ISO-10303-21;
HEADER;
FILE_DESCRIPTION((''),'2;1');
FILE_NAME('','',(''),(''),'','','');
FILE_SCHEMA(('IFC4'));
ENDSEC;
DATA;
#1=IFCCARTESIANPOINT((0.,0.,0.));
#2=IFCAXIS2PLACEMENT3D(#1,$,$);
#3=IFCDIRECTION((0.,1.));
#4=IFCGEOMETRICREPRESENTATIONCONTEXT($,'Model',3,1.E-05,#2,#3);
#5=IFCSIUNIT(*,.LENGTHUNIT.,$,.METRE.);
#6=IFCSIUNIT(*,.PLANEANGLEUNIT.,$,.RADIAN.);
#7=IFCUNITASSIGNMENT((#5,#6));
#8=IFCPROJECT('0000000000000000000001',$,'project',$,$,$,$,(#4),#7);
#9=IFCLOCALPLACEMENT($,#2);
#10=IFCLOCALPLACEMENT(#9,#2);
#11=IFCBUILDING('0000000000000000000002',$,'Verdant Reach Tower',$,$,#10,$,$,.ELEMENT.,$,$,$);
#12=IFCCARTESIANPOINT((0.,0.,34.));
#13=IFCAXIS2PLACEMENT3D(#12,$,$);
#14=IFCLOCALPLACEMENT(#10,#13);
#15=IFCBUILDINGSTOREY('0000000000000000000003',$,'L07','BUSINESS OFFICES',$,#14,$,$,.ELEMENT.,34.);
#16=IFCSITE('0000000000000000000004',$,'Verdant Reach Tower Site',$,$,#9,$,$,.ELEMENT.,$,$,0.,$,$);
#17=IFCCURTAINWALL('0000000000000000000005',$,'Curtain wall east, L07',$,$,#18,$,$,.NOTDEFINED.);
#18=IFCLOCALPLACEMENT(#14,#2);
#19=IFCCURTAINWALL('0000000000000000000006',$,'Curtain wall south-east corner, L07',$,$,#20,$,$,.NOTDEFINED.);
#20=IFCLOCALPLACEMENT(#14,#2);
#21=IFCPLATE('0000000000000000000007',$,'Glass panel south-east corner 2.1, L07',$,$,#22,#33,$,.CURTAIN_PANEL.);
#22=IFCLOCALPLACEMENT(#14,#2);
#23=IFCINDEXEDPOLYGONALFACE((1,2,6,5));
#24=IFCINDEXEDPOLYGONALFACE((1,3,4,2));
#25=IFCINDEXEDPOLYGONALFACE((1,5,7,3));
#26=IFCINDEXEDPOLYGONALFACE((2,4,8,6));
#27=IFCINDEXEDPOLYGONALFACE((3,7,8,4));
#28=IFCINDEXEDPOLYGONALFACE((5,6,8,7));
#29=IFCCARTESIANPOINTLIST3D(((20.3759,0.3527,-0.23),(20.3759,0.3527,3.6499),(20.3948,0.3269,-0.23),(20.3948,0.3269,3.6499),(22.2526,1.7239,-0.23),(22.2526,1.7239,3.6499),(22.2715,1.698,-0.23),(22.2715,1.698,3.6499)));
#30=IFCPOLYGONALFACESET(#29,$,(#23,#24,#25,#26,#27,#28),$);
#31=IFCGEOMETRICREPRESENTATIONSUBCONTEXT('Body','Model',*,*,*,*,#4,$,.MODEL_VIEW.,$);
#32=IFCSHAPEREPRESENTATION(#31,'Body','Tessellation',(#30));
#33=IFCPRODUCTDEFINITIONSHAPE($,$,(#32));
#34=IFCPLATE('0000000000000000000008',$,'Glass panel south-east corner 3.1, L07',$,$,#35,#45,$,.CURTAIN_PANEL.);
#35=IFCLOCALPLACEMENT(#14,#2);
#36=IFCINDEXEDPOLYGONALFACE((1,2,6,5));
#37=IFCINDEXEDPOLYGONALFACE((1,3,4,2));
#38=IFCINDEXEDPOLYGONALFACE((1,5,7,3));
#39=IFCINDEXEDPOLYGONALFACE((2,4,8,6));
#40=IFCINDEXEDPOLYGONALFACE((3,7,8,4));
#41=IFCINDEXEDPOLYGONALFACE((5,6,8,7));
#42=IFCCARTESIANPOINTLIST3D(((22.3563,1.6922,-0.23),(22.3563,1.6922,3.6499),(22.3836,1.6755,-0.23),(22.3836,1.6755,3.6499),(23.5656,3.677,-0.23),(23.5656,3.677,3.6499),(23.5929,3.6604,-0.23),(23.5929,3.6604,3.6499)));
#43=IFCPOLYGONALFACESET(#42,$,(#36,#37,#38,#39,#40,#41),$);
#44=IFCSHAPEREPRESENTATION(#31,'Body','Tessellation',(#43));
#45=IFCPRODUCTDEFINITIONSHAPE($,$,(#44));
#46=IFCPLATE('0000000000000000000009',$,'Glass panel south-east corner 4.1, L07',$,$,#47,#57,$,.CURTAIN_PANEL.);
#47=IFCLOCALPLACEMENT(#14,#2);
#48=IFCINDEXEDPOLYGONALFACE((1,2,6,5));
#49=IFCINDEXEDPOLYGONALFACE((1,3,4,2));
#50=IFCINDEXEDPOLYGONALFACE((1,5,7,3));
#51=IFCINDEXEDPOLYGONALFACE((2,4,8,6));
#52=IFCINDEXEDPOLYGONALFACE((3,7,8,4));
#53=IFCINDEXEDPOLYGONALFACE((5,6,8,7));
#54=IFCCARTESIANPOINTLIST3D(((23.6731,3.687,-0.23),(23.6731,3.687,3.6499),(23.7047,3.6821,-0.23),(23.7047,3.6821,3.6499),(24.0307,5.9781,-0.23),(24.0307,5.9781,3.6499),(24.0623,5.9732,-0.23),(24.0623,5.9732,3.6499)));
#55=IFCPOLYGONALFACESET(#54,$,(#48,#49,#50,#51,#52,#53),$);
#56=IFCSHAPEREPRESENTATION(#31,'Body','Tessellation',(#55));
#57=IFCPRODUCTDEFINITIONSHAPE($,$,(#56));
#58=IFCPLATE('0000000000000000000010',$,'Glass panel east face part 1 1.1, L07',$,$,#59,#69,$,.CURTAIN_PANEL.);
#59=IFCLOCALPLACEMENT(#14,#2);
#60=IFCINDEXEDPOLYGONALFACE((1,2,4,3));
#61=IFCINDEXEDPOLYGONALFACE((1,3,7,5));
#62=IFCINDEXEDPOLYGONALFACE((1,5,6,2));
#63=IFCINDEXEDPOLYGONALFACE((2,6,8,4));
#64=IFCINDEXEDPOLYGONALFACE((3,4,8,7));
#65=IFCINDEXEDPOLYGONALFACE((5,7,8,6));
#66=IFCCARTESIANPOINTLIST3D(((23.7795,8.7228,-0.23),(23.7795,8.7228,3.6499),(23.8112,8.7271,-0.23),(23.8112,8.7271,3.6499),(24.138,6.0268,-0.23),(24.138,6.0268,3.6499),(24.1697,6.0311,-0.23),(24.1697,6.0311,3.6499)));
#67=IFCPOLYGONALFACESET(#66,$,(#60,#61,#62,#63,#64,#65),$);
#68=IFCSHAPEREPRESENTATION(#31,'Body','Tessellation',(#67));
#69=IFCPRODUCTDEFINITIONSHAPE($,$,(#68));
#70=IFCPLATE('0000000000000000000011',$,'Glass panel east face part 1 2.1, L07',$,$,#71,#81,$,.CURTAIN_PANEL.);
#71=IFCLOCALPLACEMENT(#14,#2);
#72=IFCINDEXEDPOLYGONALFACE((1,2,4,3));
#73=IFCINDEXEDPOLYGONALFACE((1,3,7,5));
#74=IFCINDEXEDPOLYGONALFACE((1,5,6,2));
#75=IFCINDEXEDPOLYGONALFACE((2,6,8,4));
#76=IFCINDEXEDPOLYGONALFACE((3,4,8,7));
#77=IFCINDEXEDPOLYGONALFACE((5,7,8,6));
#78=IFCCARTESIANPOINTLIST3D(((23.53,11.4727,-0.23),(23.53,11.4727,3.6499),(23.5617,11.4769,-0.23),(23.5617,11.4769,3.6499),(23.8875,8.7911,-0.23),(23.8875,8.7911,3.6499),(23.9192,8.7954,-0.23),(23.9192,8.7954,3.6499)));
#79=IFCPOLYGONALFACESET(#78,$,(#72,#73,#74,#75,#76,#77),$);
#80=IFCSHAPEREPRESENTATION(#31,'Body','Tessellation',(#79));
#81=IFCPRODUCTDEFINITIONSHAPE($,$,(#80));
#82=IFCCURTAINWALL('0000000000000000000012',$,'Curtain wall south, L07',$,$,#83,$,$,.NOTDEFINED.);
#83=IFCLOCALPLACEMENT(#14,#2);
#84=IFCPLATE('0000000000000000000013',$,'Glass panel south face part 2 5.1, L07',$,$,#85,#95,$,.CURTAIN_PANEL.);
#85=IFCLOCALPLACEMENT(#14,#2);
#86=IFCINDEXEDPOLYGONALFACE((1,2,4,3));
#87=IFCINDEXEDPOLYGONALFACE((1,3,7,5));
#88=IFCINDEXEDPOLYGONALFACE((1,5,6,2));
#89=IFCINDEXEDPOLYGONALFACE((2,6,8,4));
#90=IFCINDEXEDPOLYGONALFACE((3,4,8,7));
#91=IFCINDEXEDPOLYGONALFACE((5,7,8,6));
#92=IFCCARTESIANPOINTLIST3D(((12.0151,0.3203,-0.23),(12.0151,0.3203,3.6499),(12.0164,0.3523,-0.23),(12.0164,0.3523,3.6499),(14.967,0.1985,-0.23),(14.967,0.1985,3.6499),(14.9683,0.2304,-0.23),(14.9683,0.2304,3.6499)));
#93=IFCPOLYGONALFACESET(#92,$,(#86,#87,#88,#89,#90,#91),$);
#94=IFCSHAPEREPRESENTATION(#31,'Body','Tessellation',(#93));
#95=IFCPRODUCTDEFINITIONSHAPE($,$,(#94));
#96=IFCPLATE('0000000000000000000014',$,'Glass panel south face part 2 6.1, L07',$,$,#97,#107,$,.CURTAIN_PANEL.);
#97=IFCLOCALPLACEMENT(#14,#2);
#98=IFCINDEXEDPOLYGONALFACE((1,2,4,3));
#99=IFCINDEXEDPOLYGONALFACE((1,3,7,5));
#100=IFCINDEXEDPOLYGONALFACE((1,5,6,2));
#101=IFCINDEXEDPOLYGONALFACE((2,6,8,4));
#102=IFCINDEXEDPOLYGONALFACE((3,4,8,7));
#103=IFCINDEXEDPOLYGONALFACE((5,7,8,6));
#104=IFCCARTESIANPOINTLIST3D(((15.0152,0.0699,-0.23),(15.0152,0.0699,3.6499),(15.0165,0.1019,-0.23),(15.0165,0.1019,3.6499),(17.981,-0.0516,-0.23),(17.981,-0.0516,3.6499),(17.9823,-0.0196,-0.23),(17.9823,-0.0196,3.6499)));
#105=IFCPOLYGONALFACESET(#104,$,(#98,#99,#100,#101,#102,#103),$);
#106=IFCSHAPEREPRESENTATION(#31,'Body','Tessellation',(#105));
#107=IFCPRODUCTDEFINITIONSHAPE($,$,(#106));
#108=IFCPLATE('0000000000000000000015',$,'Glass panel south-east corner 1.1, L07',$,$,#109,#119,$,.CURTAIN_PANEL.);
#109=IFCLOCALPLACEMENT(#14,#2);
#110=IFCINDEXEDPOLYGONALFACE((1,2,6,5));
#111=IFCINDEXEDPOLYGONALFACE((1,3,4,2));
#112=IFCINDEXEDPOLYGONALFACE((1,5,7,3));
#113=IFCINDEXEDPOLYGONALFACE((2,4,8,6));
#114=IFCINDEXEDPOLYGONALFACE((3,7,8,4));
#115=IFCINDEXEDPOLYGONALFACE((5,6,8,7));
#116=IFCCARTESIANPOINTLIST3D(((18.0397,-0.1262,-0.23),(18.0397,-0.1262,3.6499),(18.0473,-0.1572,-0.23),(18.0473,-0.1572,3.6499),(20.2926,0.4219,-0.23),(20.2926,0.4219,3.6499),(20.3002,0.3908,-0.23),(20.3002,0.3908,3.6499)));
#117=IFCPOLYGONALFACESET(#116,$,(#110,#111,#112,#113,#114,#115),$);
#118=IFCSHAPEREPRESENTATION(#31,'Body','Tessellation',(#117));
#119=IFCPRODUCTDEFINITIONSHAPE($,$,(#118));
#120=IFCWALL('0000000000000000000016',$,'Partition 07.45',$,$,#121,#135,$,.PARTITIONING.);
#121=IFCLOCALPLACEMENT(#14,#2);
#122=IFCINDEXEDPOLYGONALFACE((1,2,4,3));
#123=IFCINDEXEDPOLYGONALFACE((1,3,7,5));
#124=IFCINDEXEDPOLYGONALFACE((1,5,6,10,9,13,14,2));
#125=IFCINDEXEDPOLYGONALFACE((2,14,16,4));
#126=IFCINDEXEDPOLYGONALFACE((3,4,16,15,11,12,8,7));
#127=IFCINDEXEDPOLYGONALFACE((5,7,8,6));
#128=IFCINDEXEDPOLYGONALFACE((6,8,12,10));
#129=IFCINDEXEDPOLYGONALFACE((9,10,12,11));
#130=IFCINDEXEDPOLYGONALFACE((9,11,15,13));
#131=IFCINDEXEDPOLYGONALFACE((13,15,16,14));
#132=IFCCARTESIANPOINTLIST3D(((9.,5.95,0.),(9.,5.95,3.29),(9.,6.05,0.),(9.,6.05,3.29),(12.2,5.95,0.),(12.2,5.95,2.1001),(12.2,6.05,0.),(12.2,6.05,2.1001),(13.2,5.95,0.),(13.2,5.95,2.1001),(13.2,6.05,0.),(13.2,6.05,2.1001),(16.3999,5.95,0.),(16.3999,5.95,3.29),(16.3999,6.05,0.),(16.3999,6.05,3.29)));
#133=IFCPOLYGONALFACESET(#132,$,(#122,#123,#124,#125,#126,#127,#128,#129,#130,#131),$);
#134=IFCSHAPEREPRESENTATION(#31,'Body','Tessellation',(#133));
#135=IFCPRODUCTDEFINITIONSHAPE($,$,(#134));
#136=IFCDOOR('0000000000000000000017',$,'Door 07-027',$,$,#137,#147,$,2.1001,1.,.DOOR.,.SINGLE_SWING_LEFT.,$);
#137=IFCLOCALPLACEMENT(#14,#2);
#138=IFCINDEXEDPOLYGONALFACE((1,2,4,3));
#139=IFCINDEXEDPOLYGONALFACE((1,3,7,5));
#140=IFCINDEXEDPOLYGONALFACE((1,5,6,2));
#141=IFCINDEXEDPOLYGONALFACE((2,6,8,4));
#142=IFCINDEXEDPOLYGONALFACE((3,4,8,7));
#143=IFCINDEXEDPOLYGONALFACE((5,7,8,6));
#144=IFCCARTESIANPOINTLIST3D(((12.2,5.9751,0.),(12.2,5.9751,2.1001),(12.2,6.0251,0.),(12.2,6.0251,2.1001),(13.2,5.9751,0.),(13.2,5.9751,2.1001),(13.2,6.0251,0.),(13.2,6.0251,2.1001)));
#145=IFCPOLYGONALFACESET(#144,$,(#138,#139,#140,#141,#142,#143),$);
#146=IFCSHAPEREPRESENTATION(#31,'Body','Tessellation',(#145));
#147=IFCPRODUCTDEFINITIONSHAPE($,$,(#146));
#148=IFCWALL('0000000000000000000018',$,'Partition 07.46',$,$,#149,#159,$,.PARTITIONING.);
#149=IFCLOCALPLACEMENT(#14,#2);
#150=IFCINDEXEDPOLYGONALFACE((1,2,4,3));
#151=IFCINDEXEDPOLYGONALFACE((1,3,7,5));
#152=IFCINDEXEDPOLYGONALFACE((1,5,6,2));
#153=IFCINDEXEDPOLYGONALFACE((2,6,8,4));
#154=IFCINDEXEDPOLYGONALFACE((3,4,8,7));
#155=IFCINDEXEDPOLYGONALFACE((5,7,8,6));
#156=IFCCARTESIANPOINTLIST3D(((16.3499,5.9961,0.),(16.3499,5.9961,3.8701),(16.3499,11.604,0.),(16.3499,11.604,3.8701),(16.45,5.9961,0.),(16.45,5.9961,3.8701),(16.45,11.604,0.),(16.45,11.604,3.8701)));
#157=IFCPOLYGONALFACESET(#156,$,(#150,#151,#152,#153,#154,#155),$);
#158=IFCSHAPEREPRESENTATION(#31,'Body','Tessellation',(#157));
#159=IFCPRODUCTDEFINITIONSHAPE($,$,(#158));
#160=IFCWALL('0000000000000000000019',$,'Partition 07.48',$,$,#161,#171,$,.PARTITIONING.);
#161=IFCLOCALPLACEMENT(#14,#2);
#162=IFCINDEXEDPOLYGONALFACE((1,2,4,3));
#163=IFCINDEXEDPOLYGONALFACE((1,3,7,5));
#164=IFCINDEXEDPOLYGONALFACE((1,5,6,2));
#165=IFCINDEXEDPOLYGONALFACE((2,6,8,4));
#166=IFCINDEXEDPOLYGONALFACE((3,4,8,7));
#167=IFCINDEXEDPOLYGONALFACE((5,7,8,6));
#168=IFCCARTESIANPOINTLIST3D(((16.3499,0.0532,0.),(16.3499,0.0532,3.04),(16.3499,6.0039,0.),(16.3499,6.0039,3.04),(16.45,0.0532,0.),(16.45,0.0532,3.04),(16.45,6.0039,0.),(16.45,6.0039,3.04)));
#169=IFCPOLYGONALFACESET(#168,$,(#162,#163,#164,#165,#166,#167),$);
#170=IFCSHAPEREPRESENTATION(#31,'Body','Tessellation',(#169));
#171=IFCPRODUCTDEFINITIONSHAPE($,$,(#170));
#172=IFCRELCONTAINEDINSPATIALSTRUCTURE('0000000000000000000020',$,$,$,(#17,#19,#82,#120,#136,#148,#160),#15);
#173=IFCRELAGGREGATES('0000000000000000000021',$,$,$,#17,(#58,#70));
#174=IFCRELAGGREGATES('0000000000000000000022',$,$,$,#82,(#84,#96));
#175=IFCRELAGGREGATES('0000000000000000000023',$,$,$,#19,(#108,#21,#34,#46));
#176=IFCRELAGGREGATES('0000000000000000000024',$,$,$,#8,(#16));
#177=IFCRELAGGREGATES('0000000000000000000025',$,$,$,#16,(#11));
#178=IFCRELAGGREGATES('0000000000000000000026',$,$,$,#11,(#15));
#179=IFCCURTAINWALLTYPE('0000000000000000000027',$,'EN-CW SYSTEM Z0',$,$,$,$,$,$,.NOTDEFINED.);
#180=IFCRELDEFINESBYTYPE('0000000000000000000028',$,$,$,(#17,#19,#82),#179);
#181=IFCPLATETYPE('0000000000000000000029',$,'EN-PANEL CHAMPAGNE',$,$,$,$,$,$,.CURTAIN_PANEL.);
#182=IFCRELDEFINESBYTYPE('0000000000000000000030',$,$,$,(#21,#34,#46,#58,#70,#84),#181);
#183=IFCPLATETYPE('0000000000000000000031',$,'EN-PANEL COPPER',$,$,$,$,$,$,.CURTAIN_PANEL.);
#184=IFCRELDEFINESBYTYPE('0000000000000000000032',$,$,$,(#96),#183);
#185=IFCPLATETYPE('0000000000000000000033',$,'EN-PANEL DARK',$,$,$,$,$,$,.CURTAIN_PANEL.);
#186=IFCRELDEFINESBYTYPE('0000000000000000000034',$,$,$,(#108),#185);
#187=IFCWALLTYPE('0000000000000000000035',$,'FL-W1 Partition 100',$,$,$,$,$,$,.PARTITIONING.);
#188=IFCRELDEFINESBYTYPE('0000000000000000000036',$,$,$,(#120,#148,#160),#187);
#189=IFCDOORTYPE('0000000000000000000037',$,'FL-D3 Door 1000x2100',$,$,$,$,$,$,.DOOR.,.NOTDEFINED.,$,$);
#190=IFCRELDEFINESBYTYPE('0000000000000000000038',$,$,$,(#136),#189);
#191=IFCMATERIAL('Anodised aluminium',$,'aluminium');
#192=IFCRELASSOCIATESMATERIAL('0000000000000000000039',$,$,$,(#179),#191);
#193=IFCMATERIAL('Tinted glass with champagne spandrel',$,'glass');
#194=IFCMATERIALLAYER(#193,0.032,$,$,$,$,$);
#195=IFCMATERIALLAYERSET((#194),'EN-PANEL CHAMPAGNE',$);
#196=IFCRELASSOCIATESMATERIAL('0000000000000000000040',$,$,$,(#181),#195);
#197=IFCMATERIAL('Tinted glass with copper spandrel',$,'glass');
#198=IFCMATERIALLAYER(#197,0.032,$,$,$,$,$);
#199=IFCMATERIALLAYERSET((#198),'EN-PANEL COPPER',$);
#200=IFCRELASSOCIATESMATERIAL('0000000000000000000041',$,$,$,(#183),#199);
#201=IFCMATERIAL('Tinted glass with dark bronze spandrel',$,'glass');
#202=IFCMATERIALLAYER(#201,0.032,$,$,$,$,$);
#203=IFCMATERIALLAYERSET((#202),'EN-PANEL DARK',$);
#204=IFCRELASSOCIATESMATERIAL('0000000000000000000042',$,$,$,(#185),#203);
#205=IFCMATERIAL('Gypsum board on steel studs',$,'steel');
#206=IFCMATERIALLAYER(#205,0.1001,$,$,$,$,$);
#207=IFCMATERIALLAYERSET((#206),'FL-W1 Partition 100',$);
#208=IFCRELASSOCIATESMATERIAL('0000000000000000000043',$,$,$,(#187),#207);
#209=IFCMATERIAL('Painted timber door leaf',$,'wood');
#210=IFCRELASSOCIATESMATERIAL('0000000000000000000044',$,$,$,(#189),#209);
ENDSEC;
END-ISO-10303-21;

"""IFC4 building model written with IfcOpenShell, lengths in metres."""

from ifc_helpers import new_model, si_unit, direction, frame, frame_2d, origin, origin_2d, place, context, subcontext, project, spatial, rectangle, extrude, material, layer, layer_set, type_object, element, fill, aggregate, save


model = new_model("IFC4")

# Units and contexts
model_context = context("Model", 3, precision=1e-05, world=origin(), true_north=direction((0.0, 1.0)))
body_context = subcontext(model_context, "Body", "Model", "MODEL_VIEW")
ifc_project = project(units=[si_unit("LENGTHUNIT", "METRE"), si_unit("PLANEANGLEUNIT", "RADIAN")], contexts=[model_context])

# Site, building, storey
site_placement = place(None, origin())
site = spatial("IfcSite", under=ifc_project, at=site_placement, Name="Verdant Reach Tower Site", CompositionType="ELEMENT", RefElevation=0.0)
building_placement = place(site_placement, origin())
building = spatial("IfcBuilding", under=site, at=building_placement, Name="Verdant Reach Tower", CompositionType="ELEMENT")
storey_placement = place(building_placement, frame((0.0, 0.0, 34.0)))
storey = spatial("IfcBuildingStorey", under=building, at=storey_placement, Name="L07", Description="BUSINESS OFFICES", CompositionType="ELEMENT", Elevation=34.0)

# Curtain wall
ifc_material_1 = material(Name="Anodised aluminium", Category="aluminium")
curtain_wall_type = type_object("IfcCurtainWallType", Name="EN-CW SYSTEM Z0", PredefinedType="NOTDEFINED", material=ifc_material_1)
curtain_wall_1_placement = place(storey_placement, origin())
curtain_wall_1 = element("IfcCurtainWall", 1, at=curtain_wall_1_placement, inside=storey, type_object=curtain_wall_type, Name="Curtain wall east, L07", PredefinedType="NOTDEFINED")

# Curtain wall, plates
curtain_wall_2_placement = place(storey_placement, origin())
curtain_wall_2 = element("IfcCurtainWall", 2, at=curtain_wall_2_placement, inside=storey, type_object=curtain_wall_type, Name="Curtain wall south-east corner, L07", PredefinedType="NOTDEFINED")
ifc_material_2 = material(Name="Tinted glass with champagne spandrel", Category="glass")
ifc_layer_1 = layer(ifc_material_2, 0.032)
ifc_layer_set_1 = layer_set([ifc_layer_1], Name="EN-PANEL CHAMPAGNE")
plate_type_1 = type_object("IfcPlateType", Name="EN-PANEL CHAMPAGNE", PredefinedType="CURTAIN_PANEL", material=ifc_layer_set_1)
plate_1_placement = place(storey_placement, frame((21.3237, 1.0254, -0.23), z_axis=(0.0, 0.0, 1.0), x_axis=(0.807457, 0.589927, 0.0)))
plate_1 = element("IfcPlate", 3, at=plate_1_placement, type_object=plate_type_1, Name="Glass panel south-east corner 2.1, L07", PredefinedType="CURTAIN_PANEL", context=body_context, shape_type="SweptSolid", body=[
    extrude(rectangle(XDim=2.3242, YDim=0.032, at=origin_2d()), origin(), (0.0, 0.0, 1.0), 3.8799),
])
plate_2_placement = place(storey_placement, frame((22.9746, 2.6763, -0.23), z_axis=(0.0, 0.0, 1.0), x_axis=(0.520292, 0.853989, 0.0)))
plate_2 = element("IfcPlate", 4, at=plate_2_placement, type_object=plate_type_1, Name="Glass panel south-east corner 3.1, L07", PredefinedType="CURTAIN_PANEL", context=body_context, shape_type="SweptSolid", body=[
    extrude(rectangle(XDim=2.3242, YDim=0.032, at=origin_2d()), origin(), (0.0, 0.0, 1.0), 3.8799),
])
plate_3_placement = place(storey_placement, frame((23.8677, 4.8301, -0.23), z_axis=(0.0, 0.0, 1.0), x_axis=(0.154211, 0.988038, 0.0)))
plate_3 = element("IfcPlate", 5, at=plate_3_placement, type_object=plate_type_1, Name="Glass panel south-east corner 4.1, L07", PredefinedType="CURTAIN_PANEL", context=body_context, shape_type="SweptSolid", body=[
    extrude(rectangle(XDim=2.3188, YDim=0.032, at=origin_2d()), origin(), (0.0, 0.0, 1.0), 3.8799),
])

# Plates
plate_4_placement = place(storey_placement, frame((23.9746, 7.377, -0.23), z_axis=(0.0, 0.0, 1.0), x_axis=(-0.131793, 0.991277, 0.0)))
plate_4 = element("IfcPlate", 6, at=plate_4_placement, type_object=plate_type_1, Name="Glass panel east face part 1 1.1, L07", PredefinedType="CURTAIN_PANEL", context=body_context, shape_type="SweptSolid", body=[
    extrude(rectangle(XDim=2.7197, YDim=0.032, at=origin_2d()), origin(), (0.0, 0.0, 1.0), 3.8799),
])
plate_5_placement = place(storey_placement, frame((23.7246, 10.134, -0.23), z_axis=(0.0, 0.0, 1.0), x_axis=(-0.13216, 0.991228, 0.0)))
plate_5 = element("IfcPlate", 7, at=plate_5_placement, type_object=plate_type_1, Name="Glass panel east face part 1 2.1, L07", PredefinedType="CURTAIN_PANEL", context=body_context, shape_type="SweptSolid", body=[
    extrude(rectangle(XDim=2.7053, YDim=0.032, at=origin_2d()), origin(), (0.0, 0.0, 1.0), 3.8799),
])
aggregate(curtain_wall_1, [plate_4, plate_5])

# Curtain wall, plates
curtain_wall_3_placement = place(storey_placement, origin())
curtain_wall_3 = element("IfcCurtainWall", 8, at=curtain_wall_3_placement, inside=storey, type_object=curtain_wall_type, Name="Curtain wall south, L07", PredefinedType="NOTDEFINED")
plate_6_placement = place(storey_placement, frame((13.4917, 0.2754, -0.23), z_axis=(0.0, 0.0, 1.0), x_axis=(0.999149, -0.041242, 0.0)))
plate_6 = element("IfcPlate", 9, at=plate_6_placement, type_object=plate_type_1, Name="Glass panel south face part 2 5.1, L07", PredefinedType="CURTAIN_PANEL", context=body_context, shape_type="SweptSolid", body=[
    extrude(rectangle(XDim=2.9543, YDim=0.032, at=origin_2d()), origin(), (0.0, 0.0, 1.0), 3.8799),
])
ifc_material_3 = material(Name="Tinted glass with copper spandrel", Category="glass")
ifc_layer_2 = layer(ifc_material_3, 0.032)
ifc_layer_set_2 = layer_set([ifc_layer_2], Name="EN-PANEL COPPER")
plate_type_2 = type_object("IfcPlateType", Name="EN-PANEL COPPER", PredefinedType="CURTAIN_PANEL", material=ifc_layer_set_2)
plate_7_placement = place(storey_placement, frame((16.4988, 0.0251, -0.23), z_axis=(0.0, 0.0, 1.0), x_axis=(0.999162, -0.04092, 0.0)))
plate_7 = element("IfcPlate", 10, at=plate_7_placement, type_object=plate_type_2, Name="Glass panel south face part 2 6.1, L07", PredefinedType="CURTAIN_PANEL", context=body_context, shape_type="SweptSolid", body=[
    extrude(rectangle(XDim=2.9683, YDim=0.032, at=origin_2d()), origin(), (0.0, 0.0, 1.0), 3.8799),
])
aggregate(curtain_wall_3, [plate_6, plate_7])

# Plate
ifc_material_4 = material(Name="Tinted glass with dark bronze spandrel", Category="glass")
ifc_layer_3 = layer(ifc_material_4, 0.032)
ifc_layer_set_3 = layer_set([ifc_layer_3], Name="EN-PANEL DARK")
plate_type_3 = type_object("IfcPlateType", Name="EN-PANEL DARK", PredefinedType="CURTAIN_PANEL", material=ifc_layer_set_3)
plate_8_placement = place(storey_placement, frame((19.1699, 0.1323, -0.23), z_axis=(0.0, 0.0, 1.0), x_axis=(0.971663, 0.236369, 0.0)))
plate_8 = element("IfcPlate", 11, at=plate_8_placement, type_object=plate_type_3, Name="Glass panel south-east corner 1.1, L07", PredefinedType="CURTAIN_PANEL", context=body_context, shape_type="SweptSolid", body=[
    extrude(rectangle(XDim=2.3186, YDim=0.032, at=origin_2d()), origin(), (0.0, 0.0, 1.0), 3.8799),
])
aggregate(curtain_wall_2, [plate_8, plate_1, plate_2, plate_3])

# Wall, opening, door
ifc_material_5 = material(Name="Gypsum board on steel studs", Category="steel")
ifc_layer_4 = layer(ifc_material_5, 0.1001)
ifc_layer_set_4 = layer_set([ifc_layer_4], Name="FL-W1 Partition 100")
wall_type = type_object("IfcWallType", Name="FL-W1 Partition 100", PredefinedType="PARTITIONING", material=ifc_layer_set_4)
wall_1_placement = place(storey_placement, frame((16.3999, 6.0, 0.0), z_axis=(0.0, 0.0, 1.0), x_axis=(-1.0, 0.0, 0.0)))
wall_1 = element("IfcWall", 12, at=wall_1_placement, inside=storey, type_object=wall_type, Name="Partition 07.45", PredefinedType="PARTITIONING", context=body_context, shape_type="SweptSolid", body=[
    extrude(rectangle(XDim=7.3999, YDim=0.1001, at=frame_2d((3.7, 0.0))), origin(), (0.0, 0.0, 1.0), 3.29),
])
opening_placement = place(wall_1_placement, frame((3.2, 0.0, 0.0)))
opening = element("IfcOpeningElement", 13, at=opening_placement, cuts=wall_1, PredefinedType="OPENING", context=body_context, shape_type="SweptSolid", body=[
    extrude(rectangle(XDim=1.0, YDim=2.1001, at=frame_2d((0.5, 1.05))), frame((0.0, 0.0601, 0.0), z_axis=(0.0, -1.0, 0.0), x_axis=(1.0, 0.0, 0.0)), (0.0, 0.0, 1.0), 0.1201),
])
ifc_material_6 = material(Name="Painted timber door leaf", Category="wood")
door_type = type_object("IfcDoorType", Name="FL-D3 Door 1000x2100", OperationType="NOTDEFINED", PredefinedType="DOOR", material=ifc_material_6)
door_placement = place(opening_placement, origin())
door = element("IfcDoor", 14, at=door_placement, inside=storey, type_object=door_type, Name="Door 07-027", OperationType="SINGLE_SWING_LEFT", OverallHeight=2.1001, OverallWidth=1.0, PredefinedType="DOOR", context=body_context, shape_type="SweptSolid", body=[
    extrude(rectangle(XDim=1.0, YDim=2.1001, at=frame_2d((0.5, 1.05))), frame((0.0, 0.0249, 0.0), z_axis=(0.0, -1.0, 0.0), x_axis=(1.0, 0.0, 0.0)), (0.0, 0.0, 1.0), 0.05),
])
fill(opening, door)

# Walls
wall_2_placement = place(storey_placement, frame((16.3999, 5.9961, 0.0), z_axis=(0.0, 0.0, 1.0), x_axis=(0.0, 1.0, 0.0)))
element("IfcWall", 15, at=wall_2_placement, inside=storey, type_object=wall_type, Name="Partition 07.46", PredefinedType="PARTITIONING", context=body_context, shape_type="SweptSolid", body=[
    extrude(rectangle(XDim=5.6079, YDim=0.1001, at=frame_2d((2.804, 0.0))), origin(), (0.0, 0.0, 1.0), 3.8701),
])
wall_3_placement = place(storey_placement, frame((16.3999, 0.0532, 0.0), z_axis=(0.0, 0.0, 1.0), x_axis=(0.0, 1.0, 0.0)))
element("IfcWall", 16, at=wall_3_placement, inside=storey, type_object=wall_type, Name="Partition 07.48", PredefinedType="PARTITIONING", context=body_context, shape_type="SweptSolid", body=[
    extrude(rectangle(XDim=5.9507, YDim=0.1001, at=frame_2d((2.9753, 0.0))), origin(), (0.0, 0.0, 1.0), 3.04),
])

save(model, "model.ifc")
